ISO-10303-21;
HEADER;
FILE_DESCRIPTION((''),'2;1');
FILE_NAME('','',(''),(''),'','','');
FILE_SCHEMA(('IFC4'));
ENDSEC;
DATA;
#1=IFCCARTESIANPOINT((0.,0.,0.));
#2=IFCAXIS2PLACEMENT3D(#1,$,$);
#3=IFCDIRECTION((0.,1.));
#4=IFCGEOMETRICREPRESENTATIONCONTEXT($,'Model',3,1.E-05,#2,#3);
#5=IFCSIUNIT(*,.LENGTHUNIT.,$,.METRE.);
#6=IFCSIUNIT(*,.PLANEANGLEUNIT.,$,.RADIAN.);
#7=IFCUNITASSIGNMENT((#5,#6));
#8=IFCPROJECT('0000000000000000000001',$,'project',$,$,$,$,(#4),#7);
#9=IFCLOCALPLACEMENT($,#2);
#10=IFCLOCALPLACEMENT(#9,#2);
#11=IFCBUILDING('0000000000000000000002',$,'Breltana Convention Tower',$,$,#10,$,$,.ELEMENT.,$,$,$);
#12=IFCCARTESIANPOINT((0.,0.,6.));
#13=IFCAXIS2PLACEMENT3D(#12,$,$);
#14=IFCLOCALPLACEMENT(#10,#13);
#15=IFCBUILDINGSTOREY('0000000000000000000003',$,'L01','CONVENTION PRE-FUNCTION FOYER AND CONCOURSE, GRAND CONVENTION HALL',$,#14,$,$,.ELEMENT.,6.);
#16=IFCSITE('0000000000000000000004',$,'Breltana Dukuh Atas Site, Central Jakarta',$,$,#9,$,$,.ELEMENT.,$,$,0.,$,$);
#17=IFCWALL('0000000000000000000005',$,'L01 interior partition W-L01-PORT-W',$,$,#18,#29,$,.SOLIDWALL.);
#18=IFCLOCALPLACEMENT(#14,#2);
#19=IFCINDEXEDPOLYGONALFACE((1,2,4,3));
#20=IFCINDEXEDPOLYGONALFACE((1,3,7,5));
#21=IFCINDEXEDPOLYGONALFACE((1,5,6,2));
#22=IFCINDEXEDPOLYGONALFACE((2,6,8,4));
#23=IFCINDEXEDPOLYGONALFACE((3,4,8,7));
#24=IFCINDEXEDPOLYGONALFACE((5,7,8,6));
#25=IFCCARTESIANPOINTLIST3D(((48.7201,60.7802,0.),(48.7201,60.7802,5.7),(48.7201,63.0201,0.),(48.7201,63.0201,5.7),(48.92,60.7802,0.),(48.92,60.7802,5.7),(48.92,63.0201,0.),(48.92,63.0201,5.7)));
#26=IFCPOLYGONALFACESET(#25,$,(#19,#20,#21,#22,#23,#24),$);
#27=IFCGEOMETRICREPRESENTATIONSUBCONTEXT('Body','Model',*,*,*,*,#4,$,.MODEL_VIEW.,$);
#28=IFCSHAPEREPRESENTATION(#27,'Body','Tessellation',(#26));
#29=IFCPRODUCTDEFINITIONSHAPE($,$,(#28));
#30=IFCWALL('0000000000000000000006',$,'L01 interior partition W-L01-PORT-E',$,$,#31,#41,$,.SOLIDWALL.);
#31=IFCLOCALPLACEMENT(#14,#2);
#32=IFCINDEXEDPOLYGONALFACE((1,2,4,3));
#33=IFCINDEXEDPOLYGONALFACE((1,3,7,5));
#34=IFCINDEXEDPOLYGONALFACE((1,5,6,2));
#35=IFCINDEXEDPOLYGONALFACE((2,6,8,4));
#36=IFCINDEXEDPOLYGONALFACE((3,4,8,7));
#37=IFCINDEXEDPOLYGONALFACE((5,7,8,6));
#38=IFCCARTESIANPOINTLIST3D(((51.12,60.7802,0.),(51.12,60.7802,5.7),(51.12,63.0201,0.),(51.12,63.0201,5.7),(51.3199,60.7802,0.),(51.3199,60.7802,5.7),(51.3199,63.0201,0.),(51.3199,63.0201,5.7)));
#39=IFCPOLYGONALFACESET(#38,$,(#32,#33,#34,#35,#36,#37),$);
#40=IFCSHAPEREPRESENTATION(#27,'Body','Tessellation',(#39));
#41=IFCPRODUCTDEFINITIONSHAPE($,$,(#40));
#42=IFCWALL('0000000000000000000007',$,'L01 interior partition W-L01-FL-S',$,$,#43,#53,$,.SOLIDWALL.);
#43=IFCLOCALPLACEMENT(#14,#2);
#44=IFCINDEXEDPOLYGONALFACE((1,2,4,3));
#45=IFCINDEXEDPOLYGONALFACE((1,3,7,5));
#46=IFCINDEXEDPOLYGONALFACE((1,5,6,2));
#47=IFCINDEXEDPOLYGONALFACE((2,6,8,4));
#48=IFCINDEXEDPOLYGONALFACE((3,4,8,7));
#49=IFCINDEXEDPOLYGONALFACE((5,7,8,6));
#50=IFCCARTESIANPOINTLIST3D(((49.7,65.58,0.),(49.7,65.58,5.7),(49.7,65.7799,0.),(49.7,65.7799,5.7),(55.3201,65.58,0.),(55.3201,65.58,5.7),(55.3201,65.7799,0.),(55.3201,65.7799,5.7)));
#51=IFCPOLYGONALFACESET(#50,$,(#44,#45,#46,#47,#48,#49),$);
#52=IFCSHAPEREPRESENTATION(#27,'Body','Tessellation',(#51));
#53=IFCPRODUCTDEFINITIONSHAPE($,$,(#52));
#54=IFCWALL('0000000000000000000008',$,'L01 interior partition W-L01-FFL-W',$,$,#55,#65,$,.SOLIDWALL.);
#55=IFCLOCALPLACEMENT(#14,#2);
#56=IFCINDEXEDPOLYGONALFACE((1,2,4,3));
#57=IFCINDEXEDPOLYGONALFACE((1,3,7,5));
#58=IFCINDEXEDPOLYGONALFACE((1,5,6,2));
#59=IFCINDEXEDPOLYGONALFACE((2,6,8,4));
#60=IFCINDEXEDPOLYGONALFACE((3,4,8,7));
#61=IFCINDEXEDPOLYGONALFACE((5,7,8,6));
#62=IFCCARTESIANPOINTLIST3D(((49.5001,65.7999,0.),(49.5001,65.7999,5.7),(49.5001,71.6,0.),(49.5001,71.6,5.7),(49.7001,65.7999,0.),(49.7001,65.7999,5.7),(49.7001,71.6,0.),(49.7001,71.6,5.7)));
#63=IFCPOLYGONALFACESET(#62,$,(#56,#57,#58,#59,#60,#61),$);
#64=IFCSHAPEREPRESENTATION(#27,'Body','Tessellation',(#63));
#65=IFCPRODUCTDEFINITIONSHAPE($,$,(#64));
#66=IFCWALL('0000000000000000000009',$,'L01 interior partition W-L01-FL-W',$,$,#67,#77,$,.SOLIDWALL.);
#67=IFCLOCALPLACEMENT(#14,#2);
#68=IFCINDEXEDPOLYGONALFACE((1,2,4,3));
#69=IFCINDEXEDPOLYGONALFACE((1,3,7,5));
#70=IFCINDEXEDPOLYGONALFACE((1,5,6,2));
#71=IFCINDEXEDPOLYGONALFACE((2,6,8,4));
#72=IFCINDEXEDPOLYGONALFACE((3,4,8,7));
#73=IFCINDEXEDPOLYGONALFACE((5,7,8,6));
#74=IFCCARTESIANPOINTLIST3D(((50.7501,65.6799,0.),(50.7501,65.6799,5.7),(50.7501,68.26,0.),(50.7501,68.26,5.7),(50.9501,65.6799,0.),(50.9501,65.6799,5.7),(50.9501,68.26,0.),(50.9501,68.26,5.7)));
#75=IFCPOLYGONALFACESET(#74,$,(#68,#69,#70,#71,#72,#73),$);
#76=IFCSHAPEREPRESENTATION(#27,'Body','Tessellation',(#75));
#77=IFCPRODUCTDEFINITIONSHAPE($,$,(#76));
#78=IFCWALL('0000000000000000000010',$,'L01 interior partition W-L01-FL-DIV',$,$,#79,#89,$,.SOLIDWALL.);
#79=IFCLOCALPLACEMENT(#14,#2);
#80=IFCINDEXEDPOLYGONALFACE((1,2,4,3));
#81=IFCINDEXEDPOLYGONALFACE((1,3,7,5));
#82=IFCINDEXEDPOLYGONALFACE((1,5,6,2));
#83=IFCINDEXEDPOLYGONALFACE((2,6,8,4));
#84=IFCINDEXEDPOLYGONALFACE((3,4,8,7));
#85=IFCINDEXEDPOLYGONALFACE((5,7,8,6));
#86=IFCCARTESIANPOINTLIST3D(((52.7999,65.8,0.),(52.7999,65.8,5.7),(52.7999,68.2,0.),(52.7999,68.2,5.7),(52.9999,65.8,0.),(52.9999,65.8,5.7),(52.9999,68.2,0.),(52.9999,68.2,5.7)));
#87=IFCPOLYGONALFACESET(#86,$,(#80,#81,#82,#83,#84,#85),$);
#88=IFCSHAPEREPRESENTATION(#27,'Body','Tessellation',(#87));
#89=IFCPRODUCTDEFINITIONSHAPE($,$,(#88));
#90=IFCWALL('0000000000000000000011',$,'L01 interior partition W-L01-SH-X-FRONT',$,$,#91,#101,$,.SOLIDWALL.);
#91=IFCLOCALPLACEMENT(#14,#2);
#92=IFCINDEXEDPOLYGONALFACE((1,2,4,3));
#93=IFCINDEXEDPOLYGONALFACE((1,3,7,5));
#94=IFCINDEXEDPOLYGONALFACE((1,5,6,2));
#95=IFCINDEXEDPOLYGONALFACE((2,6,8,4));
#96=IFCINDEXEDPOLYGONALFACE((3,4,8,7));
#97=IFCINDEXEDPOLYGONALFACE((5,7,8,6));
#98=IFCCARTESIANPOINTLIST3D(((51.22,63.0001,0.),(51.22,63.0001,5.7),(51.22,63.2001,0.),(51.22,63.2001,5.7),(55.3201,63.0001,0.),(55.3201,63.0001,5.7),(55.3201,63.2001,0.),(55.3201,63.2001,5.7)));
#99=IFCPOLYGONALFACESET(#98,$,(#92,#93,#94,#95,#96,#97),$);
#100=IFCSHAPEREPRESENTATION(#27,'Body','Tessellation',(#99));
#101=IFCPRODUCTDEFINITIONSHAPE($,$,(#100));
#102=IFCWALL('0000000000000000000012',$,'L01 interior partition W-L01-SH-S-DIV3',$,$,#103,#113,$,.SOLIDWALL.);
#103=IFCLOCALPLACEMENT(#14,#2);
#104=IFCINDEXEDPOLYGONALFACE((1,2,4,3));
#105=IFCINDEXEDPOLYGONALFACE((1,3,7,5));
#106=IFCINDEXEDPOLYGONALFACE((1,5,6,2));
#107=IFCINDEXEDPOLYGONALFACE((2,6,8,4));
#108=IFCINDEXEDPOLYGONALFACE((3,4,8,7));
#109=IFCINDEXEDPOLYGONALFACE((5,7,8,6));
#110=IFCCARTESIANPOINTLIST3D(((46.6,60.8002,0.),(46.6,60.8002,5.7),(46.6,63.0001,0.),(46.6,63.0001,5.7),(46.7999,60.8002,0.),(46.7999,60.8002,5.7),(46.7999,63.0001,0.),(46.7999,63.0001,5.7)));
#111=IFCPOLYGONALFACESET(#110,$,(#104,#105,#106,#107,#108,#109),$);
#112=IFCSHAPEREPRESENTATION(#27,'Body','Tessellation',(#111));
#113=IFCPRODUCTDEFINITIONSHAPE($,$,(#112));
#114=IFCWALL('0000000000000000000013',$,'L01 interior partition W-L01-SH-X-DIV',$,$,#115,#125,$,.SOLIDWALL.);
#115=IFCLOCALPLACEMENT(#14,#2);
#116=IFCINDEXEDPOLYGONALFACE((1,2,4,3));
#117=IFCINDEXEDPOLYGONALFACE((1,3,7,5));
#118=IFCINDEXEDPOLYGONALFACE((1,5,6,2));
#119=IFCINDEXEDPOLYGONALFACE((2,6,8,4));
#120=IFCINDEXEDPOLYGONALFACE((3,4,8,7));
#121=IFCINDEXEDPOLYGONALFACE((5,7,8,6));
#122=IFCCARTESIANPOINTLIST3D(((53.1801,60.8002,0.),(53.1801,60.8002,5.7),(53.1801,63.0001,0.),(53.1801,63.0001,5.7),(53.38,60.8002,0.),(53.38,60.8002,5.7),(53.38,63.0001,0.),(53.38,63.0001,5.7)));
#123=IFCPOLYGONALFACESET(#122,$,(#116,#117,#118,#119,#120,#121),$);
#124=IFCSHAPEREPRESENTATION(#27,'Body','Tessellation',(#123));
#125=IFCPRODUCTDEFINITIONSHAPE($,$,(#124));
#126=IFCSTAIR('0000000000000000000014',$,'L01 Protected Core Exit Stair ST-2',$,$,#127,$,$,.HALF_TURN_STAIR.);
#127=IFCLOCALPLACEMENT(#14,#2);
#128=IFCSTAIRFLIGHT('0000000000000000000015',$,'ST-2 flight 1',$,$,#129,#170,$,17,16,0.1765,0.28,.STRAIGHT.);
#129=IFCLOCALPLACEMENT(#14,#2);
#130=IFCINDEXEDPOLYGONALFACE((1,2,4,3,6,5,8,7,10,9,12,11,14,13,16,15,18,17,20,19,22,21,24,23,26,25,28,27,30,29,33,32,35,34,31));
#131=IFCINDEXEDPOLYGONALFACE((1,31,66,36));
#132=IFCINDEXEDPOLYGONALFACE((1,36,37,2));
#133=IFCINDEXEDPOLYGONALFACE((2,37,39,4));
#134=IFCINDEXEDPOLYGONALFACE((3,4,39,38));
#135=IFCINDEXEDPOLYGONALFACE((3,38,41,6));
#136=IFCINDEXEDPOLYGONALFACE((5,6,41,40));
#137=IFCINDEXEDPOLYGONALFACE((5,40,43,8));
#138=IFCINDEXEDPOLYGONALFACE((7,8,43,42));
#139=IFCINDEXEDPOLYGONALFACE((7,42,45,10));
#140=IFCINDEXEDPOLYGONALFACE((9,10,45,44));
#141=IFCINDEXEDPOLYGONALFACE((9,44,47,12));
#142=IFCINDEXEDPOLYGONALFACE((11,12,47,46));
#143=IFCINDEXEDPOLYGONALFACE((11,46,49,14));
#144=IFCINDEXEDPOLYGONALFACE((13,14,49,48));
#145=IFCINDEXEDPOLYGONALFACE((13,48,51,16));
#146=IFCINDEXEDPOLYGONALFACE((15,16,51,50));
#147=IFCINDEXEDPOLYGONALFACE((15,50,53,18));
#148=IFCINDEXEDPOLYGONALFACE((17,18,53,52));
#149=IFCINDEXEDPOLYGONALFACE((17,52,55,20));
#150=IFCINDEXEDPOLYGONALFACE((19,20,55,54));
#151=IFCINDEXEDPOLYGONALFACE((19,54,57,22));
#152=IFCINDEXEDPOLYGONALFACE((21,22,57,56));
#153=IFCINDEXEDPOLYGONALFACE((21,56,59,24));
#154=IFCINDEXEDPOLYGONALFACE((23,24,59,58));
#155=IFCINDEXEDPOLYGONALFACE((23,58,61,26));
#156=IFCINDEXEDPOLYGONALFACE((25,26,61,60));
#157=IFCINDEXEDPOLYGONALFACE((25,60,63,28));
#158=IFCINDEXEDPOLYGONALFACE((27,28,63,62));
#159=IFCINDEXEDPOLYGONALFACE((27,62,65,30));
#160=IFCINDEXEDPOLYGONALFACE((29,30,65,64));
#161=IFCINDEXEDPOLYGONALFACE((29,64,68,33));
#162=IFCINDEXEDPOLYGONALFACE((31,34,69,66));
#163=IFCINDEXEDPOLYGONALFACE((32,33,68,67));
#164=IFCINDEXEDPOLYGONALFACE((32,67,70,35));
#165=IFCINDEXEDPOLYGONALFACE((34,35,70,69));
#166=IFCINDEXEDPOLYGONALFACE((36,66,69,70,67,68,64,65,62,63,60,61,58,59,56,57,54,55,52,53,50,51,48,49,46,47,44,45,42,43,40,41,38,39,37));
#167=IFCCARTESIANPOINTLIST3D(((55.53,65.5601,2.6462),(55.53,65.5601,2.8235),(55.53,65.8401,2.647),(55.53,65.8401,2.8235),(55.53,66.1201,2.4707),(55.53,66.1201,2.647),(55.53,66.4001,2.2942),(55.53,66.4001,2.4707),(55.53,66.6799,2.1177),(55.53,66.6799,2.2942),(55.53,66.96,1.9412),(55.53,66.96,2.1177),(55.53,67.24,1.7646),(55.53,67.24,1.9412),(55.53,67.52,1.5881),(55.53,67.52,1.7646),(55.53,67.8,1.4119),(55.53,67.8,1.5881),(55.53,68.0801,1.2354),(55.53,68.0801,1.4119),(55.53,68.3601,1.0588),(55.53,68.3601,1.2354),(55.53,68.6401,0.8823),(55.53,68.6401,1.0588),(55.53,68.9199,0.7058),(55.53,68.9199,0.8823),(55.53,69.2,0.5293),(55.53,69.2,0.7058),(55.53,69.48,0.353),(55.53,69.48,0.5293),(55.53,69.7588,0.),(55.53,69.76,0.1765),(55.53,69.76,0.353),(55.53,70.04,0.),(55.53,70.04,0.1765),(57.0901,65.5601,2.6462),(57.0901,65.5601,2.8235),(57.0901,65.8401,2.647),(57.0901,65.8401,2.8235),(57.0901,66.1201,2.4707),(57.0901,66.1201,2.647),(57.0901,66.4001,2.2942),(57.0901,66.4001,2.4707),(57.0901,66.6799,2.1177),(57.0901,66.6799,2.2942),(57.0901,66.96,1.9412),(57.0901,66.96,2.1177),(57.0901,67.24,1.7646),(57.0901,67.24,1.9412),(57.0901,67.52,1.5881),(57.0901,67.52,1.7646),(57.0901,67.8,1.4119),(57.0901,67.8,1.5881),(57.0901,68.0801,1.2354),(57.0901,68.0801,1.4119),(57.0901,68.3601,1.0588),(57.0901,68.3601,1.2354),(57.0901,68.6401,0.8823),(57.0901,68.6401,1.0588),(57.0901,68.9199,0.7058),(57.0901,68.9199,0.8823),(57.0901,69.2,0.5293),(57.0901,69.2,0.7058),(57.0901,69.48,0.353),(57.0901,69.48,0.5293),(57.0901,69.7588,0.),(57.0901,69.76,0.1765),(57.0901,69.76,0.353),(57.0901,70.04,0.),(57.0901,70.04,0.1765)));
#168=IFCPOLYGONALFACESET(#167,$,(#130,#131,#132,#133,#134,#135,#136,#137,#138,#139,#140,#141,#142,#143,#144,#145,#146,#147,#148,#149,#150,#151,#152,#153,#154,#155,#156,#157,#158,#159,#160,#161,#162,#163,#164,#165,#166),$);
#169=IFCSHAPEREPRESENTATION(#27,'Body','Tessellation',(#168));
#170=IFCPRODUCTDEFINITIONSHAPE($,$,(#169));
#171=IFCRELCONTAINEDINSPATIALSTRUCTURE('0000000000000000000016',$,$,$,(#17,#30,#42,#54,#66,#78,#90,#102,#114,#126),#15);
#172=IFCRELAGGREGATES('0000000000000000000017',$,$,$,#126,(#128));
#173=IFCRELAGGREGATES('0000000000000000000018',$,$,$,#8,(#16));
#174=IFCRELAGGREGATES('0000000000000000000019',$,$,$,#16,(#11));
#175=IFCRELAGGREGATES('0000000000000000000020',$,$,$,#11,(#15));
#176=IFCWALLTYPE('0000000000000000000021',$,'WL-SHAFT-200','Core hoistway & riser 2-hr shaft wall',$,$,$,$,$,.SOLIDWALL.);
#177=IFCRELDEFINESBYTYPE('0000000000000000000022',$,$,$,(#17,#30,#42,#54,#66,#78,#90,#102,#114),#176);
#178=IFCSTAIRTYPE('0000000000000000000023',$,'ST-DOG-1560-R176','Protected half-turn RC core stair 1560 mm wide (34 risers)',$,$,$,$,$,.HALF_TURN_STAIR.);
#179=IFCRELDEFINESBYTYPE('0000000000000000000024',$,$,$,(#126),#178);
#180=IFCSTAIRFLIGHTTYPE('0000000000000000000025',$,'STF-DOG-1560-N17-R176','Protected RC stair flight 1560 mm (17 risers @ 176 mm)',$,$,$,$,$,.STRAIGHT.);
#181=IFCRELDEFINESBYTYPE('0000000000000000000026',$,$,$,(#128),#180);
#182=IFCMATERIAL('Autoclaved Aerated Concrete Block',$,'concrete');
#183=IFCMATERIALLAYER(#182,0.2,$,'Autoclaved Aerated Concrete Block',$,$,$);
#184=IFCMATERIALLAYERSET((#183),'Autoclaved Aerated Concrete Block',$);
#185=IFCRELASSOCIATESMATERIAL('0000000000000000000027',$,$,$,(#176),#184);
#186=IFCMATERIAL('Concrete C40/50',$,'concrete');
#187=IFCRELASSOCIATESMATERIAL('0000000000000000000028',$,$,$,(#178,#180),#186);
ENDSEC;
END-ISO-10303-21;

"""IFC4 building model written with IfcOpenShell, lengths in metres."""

from ifc_helpers import new_model, si_unit, direction, frame, frame_2d, origin, place, context, subcontext, project, spatial, polyline, rectangle, outline, extrude, source, transform, mapped, material, layer, layer_set, type_object, element, aggregate, save


model = new_model("IFC4")

# Units and contexts
model_context = context("Model", 3, precision=1e-05, world=origin(), true_north=direction((0.0, 1.0)))
body_context = subcontext(model_context, "Body", "Model", "MODEL_VIEW")
ifc_project = project(units=[si_unit("LENGTHUNIT", "METRE"), si_unit("PLANEANGLEUNIT", "RADIAN")], contexts=[model_context])

# Site, building, storey
site_placement = place(None, origin())
site = spatial("IfcSite", under=ifc_project, at=site_placement, Name="Breltana Dukuh Atas Site, Central Jakarta", CompositionType="ELEMENT", RefElevation=0.0)
building_placement = place(site_placement, origin())
building = spatial("IfcBuilding", under=site, at=building_placement, Name="Breltana Convention Tower", CompositionType="ELEMENT")
storey_placement = place(building_placement, frame((0.0, 0.0, 6.0)))
storey = spatial("IfcBuildingStorey", under=building, at=storey_placement, Name="L01", Description="CONVENTION PRE-FUNCTION FOYER AND CONCOURSE, GRAND CONVENTION HALL", CompositionType="ELEMENT", Elevation=6.0)

# Walls
ifc_material_1 = material(Name="Autoclaved Aerated Concrete Block", Category="concrete")
ifc_layer_1 = layer(ifc_material_1, 0.2, Name="Autoclaved Aerated Concrete Block")
ifc_layer_set_1 = layer_set([ifc_layer_1], Name="Autoclaved Aerated Concrete Block")
wall_type_1 = type_object("IfcWallType", Name="WL-SHAFT-200", Description="Core hoistway & riser 2-hr shaft wall", PredefinedType="SOLIDWALL", material=ifc_layer_set_1)
shared_shape_1 = source(origin(), body_context, "Body", "SweptSolid", [
    extrude(rectangle(XDim=2.24, YDim=0.2, at=frame_2d((1.1201, 0.0))), origin(), (0.0, 0.0, 1.0), 5.7),
])
for number, where, z_axis, x_axis, name in (
    (1, (48.8201, 60.78, 0.0), (0.0, 0.0, 1.0), (0.0, 1.0, 0.0), "L01 interior partition W-L01-PORT-W"),
    (2, (51.22, 60.78, 0.0), (0.0, 0.0, 1.0), (0.0, 1.0, 0.0), "L01 interior partition W-L01-PORT-E"),
):
    element("IfcWall", number, at=place(storey_placement, frame(where, z_axis=z_axis, x_axis=x_axis)), inside=storey, type_object=wall_type_1, Name=name, PredefinedType="SOLIDWALL", context=body_context, shape_type="MappedRepresentation", body=[
        mapped(shared_shape_1, transform((0.0, 0.0, 0.0), scale=1.0)),
    ])

# Shared definitions
shared_shape_2 = source(origin(), body_context, "Body", "SweptSolid", [
    extrude(rectangle(XDim=5.6201, YDim=0.2, at=frame_2d((2.8101, 0.0))), origin(), (0.0, 0.0, 1.0), 5.7),
])

# Walls
wall_1_placement = place(storey_placement, frame((49.7, 65.6799, 0.0), z_axis=(0.0, 0.0, 1.0), x_axis=(1.0, 0.0, 0.0)))
element("IfcWall", 3, at=wall_1_placement, inside=storey, type_object=wall_type_1, Name="L01 interior partition W-L01-FL-S", PredefinedType="SOLIDWALL", context=body_context, shape_type="MappedRepresentation", body=[
    mapped(shared_shape_2, transform((0.0, 0.0, 0.0), scale=1.0)),
])
shared_shape_3 = source(origin(), body_context, "Body", "SweptSolid", [
    extrude(rectangle(XDim=5.8, YDim=0.2, at=frame_2d((2.8999, 0.0))), origin(), (0.0, 0.0, 1.0), 5.7),
])
wall_2_placement = place(storey_placement, frame((49.6001, 65.8, 0.0), z_axis=(0.0, 0.0, 1.0), x_axis=(0.0, 1.0, 0.0)))
element("IfcWall", 4, at=wall_2_placement, inside=storey, type_object=wall_type_1, Name="L01 interior partition W-L01-FFL-W", PredefinedType="SOLIDWALL", context=body_context, shape_type="MappedRepresentation", body=[
    mapped(shared_shape_3, transform((0.0, 0.0, 0.0), scale=1.0)),
])
shared_shape_4 = source(origin(), body_context, "Body", "SweptSolid", [
    extrude(rectangle(XDim=2.5801, YDim=0.2, at=frame_2d((1.29, 0.0))), origin(), (0.0, 0.0, 1.0), 5.7),
])
wall_3_placement = place(storey_placement, frame((50.8501, 65.6799, 0.0), z_axis=(0.0, 0.0, 1.0), x_axis=(0.0, 1.0, 0.0)))
element("IfcWall", 5, at=wall_3_placement, inside=storey, type_object=wall_type_1, Name="L01 interior partition W-L01-FL-W", PredefinedType="SOLIDWALL", context=body_context, shape_type="MappedRepresentation", body=[
    mapped(shared_shape_4, transform((0.0, 0.0, 0.0), scale=1.0)),
])
shared_shape_5 = source(origin(), body_context, "Body", "SweptSolid", [
    extrude(rectangle(XDim=2.3999, YDim=0.2, at=frame_2d((1.2, 0.0))), origin(), (0.0, 0.0, 1.0), 5.7),
])
wall_4_placement = place(storey_placement, frame((52.8999, 65.8, 0.0), z_axis=(0.0, 0.0, 1.0), x_axis=(0.0, 1.0, 0.0)))
element("IfcWall", 6, at=wall_4_placement, inside=storey, type_object=wall_type_1, Name="L01 interior partition W-L01-FL-DIV", PredefinedType="SOLIDWALL", context=body_context, shape_type="MappedRepresentation", body=[
    mapped(shared_shape_5, transform((0.0, 0.0, 0.0), scale=1.0)),
])
shared_shape_6 = source(origin(), body_context, "Body", "SweptSolid", [
    extrude(rectangle(XDim=4.1001, YDim=0.2, at=frame_2d((2.05, 0.0))), origin(), (0.0, 0.0, 1.0), 5.7),
])
wall_5_placement = place(storey_placement, frame((51.22, 63.1001, 0.0), z_axis=(0.0, 0.0, 1.0), x_axis=(1.0, 0.0, 0.0)))
element("IfcWall", 7, at=wall_5_placement, inside=storey, type_object=wall_type_1, Name="L01 interior partition W-L01-SH-X-FRONT", PredefinedType="SOLIDWALL", context=body_context, shape_type="MappedRepresentation", body=[
    mapped(shared_shape_6, transform((0.0, 0.0, 0.0), scale=1.0)),
])
shared_shape_7 = source(origin(), body_context, "Body", "SweptSolid", [
    extrude(rectangle(XDim=2.2, YDim=0.2, at=frame_2d((1.1001, 0.0))), origin(), (0.0, 0.0, 1.0), 5.7),
])
for number, where, z_axis, x_axis, name in (
    (8, (46.7, 60.8, 0.0), (0.0, 0.0, 1.0), (0.0, 1.0, 0.0), "L01 interior partition W-L01-SH-S-DIV3"),
    (9, (53.28, 60.8, 0.0), (0.0, 0.0, 1.0), (0.0, 1.0, 0.0), "L01 interior partition W-L01-SH-X-DIV"),
):
    element("IfcWall", number, at=place(storey_placement, frame(where, z_axis=z_axis, x_axis=x_axis)), inside=storey, type_object=wall_type_1, Name=name, PredefinedType="SOLIDWALL", context=body_context, shape_type="MappedRepresentation", body=[
        mapped(shared_shape_7, transform((0.0, 0.0, 0.0), scale=1.0)),
    ])

# Stair, stair flight
ifc_material_2 = material(Name="Concrete C40/50", Category="concrete")
stair_type = type_object("IfcStairType", Name="ST-DOG-1560-R176", Description="Protected half-turn RC core stair 1560 mm wide (34 risers)", PredefinedType="HALF_TURN_STAIR", material=ifc_material_2)
stair_placement = place(storey_placement, origin())
stair = element("IfcStair", 10, at=stair_placement, inside=storey, type_object=stair_type, Name="L01 Protected Core Exit Stair ST-2", PredefinedType="HALF_TURN_STAIR")
stair_flight_type = type_object("IfcStairFlightType", Name="STF-DOG-1560-N17-R176", Description="Protected RC stair flight 1560 mm (17 risers @ 176 mm)", PredefinedType="STRAIGHT", material=ifc_material_2)
stair_flight_1_placement = place(storey_placement, frame((56.3101, 70.04, 0.0), z_axis=(0.0, 0.0, 1.0), x_axis=(0.0, -1.0, 0.0)))
stair_flight_1 = element("IfcStairFlight", 11, at=stair_flight_1_placement, type_object=stair_flight_type, Name="ST-2 flight 1", NumberOfRisers=17, NumberOfTreads=16, PredefinedType="STRAIGHT", RiserHeight=0.1765, TreadLength=0.28, context=body_context, shape_type="SweptSolid", body=[
    extrude(outline(polyline([(0.0, 0.0), (0.0, 0.1765), (0.28, 0.1765), (0.28, 0.353), (0.5601, 0.353), (0.5601, 0.5293), (0.8401, 0.5293), (0.8401, 0.7058), (1.1201, 0.7058), (1.1201, 0.8823), (1.3999, 0.8823), (1.3999, 1.0588), (1.6799, 1.0588), (1.6799, 1.2354), (1.96, 1.2354), (1.96, 1.4119), (2.24, 1.4119), (2.24, 1.5881), (2.52, 1.5881), (2.52, 1.7646), (2.8, 1.7646), (2.8, 1.9412), (3.0801, 1.9412), (3.0801, 2.1177), (3.3601, 2.1177), (3.3601, 2.2942), (3.6399, 2.2942), (3.6399, 2.4707), (3.9199, 2.4707), (3.9199, 2.647), (4.2, 2.647), (4.2, 2.8235), (4.48, 2.8235), (4.48, 3.0), (4.48, 2.6462), (0.2812, 0.0), (0.0, 0.0)])), frame((0.0, 0.78, 0.0), z_axis=(0.0, -1.0, 0.0), x_axis=(1.0, 0.0, 0.0)), (0.0, 0.0, 1.0), 1.5601),
])
aggregate(stair, [stair_flight_1])

save(model, "model.ifc")
